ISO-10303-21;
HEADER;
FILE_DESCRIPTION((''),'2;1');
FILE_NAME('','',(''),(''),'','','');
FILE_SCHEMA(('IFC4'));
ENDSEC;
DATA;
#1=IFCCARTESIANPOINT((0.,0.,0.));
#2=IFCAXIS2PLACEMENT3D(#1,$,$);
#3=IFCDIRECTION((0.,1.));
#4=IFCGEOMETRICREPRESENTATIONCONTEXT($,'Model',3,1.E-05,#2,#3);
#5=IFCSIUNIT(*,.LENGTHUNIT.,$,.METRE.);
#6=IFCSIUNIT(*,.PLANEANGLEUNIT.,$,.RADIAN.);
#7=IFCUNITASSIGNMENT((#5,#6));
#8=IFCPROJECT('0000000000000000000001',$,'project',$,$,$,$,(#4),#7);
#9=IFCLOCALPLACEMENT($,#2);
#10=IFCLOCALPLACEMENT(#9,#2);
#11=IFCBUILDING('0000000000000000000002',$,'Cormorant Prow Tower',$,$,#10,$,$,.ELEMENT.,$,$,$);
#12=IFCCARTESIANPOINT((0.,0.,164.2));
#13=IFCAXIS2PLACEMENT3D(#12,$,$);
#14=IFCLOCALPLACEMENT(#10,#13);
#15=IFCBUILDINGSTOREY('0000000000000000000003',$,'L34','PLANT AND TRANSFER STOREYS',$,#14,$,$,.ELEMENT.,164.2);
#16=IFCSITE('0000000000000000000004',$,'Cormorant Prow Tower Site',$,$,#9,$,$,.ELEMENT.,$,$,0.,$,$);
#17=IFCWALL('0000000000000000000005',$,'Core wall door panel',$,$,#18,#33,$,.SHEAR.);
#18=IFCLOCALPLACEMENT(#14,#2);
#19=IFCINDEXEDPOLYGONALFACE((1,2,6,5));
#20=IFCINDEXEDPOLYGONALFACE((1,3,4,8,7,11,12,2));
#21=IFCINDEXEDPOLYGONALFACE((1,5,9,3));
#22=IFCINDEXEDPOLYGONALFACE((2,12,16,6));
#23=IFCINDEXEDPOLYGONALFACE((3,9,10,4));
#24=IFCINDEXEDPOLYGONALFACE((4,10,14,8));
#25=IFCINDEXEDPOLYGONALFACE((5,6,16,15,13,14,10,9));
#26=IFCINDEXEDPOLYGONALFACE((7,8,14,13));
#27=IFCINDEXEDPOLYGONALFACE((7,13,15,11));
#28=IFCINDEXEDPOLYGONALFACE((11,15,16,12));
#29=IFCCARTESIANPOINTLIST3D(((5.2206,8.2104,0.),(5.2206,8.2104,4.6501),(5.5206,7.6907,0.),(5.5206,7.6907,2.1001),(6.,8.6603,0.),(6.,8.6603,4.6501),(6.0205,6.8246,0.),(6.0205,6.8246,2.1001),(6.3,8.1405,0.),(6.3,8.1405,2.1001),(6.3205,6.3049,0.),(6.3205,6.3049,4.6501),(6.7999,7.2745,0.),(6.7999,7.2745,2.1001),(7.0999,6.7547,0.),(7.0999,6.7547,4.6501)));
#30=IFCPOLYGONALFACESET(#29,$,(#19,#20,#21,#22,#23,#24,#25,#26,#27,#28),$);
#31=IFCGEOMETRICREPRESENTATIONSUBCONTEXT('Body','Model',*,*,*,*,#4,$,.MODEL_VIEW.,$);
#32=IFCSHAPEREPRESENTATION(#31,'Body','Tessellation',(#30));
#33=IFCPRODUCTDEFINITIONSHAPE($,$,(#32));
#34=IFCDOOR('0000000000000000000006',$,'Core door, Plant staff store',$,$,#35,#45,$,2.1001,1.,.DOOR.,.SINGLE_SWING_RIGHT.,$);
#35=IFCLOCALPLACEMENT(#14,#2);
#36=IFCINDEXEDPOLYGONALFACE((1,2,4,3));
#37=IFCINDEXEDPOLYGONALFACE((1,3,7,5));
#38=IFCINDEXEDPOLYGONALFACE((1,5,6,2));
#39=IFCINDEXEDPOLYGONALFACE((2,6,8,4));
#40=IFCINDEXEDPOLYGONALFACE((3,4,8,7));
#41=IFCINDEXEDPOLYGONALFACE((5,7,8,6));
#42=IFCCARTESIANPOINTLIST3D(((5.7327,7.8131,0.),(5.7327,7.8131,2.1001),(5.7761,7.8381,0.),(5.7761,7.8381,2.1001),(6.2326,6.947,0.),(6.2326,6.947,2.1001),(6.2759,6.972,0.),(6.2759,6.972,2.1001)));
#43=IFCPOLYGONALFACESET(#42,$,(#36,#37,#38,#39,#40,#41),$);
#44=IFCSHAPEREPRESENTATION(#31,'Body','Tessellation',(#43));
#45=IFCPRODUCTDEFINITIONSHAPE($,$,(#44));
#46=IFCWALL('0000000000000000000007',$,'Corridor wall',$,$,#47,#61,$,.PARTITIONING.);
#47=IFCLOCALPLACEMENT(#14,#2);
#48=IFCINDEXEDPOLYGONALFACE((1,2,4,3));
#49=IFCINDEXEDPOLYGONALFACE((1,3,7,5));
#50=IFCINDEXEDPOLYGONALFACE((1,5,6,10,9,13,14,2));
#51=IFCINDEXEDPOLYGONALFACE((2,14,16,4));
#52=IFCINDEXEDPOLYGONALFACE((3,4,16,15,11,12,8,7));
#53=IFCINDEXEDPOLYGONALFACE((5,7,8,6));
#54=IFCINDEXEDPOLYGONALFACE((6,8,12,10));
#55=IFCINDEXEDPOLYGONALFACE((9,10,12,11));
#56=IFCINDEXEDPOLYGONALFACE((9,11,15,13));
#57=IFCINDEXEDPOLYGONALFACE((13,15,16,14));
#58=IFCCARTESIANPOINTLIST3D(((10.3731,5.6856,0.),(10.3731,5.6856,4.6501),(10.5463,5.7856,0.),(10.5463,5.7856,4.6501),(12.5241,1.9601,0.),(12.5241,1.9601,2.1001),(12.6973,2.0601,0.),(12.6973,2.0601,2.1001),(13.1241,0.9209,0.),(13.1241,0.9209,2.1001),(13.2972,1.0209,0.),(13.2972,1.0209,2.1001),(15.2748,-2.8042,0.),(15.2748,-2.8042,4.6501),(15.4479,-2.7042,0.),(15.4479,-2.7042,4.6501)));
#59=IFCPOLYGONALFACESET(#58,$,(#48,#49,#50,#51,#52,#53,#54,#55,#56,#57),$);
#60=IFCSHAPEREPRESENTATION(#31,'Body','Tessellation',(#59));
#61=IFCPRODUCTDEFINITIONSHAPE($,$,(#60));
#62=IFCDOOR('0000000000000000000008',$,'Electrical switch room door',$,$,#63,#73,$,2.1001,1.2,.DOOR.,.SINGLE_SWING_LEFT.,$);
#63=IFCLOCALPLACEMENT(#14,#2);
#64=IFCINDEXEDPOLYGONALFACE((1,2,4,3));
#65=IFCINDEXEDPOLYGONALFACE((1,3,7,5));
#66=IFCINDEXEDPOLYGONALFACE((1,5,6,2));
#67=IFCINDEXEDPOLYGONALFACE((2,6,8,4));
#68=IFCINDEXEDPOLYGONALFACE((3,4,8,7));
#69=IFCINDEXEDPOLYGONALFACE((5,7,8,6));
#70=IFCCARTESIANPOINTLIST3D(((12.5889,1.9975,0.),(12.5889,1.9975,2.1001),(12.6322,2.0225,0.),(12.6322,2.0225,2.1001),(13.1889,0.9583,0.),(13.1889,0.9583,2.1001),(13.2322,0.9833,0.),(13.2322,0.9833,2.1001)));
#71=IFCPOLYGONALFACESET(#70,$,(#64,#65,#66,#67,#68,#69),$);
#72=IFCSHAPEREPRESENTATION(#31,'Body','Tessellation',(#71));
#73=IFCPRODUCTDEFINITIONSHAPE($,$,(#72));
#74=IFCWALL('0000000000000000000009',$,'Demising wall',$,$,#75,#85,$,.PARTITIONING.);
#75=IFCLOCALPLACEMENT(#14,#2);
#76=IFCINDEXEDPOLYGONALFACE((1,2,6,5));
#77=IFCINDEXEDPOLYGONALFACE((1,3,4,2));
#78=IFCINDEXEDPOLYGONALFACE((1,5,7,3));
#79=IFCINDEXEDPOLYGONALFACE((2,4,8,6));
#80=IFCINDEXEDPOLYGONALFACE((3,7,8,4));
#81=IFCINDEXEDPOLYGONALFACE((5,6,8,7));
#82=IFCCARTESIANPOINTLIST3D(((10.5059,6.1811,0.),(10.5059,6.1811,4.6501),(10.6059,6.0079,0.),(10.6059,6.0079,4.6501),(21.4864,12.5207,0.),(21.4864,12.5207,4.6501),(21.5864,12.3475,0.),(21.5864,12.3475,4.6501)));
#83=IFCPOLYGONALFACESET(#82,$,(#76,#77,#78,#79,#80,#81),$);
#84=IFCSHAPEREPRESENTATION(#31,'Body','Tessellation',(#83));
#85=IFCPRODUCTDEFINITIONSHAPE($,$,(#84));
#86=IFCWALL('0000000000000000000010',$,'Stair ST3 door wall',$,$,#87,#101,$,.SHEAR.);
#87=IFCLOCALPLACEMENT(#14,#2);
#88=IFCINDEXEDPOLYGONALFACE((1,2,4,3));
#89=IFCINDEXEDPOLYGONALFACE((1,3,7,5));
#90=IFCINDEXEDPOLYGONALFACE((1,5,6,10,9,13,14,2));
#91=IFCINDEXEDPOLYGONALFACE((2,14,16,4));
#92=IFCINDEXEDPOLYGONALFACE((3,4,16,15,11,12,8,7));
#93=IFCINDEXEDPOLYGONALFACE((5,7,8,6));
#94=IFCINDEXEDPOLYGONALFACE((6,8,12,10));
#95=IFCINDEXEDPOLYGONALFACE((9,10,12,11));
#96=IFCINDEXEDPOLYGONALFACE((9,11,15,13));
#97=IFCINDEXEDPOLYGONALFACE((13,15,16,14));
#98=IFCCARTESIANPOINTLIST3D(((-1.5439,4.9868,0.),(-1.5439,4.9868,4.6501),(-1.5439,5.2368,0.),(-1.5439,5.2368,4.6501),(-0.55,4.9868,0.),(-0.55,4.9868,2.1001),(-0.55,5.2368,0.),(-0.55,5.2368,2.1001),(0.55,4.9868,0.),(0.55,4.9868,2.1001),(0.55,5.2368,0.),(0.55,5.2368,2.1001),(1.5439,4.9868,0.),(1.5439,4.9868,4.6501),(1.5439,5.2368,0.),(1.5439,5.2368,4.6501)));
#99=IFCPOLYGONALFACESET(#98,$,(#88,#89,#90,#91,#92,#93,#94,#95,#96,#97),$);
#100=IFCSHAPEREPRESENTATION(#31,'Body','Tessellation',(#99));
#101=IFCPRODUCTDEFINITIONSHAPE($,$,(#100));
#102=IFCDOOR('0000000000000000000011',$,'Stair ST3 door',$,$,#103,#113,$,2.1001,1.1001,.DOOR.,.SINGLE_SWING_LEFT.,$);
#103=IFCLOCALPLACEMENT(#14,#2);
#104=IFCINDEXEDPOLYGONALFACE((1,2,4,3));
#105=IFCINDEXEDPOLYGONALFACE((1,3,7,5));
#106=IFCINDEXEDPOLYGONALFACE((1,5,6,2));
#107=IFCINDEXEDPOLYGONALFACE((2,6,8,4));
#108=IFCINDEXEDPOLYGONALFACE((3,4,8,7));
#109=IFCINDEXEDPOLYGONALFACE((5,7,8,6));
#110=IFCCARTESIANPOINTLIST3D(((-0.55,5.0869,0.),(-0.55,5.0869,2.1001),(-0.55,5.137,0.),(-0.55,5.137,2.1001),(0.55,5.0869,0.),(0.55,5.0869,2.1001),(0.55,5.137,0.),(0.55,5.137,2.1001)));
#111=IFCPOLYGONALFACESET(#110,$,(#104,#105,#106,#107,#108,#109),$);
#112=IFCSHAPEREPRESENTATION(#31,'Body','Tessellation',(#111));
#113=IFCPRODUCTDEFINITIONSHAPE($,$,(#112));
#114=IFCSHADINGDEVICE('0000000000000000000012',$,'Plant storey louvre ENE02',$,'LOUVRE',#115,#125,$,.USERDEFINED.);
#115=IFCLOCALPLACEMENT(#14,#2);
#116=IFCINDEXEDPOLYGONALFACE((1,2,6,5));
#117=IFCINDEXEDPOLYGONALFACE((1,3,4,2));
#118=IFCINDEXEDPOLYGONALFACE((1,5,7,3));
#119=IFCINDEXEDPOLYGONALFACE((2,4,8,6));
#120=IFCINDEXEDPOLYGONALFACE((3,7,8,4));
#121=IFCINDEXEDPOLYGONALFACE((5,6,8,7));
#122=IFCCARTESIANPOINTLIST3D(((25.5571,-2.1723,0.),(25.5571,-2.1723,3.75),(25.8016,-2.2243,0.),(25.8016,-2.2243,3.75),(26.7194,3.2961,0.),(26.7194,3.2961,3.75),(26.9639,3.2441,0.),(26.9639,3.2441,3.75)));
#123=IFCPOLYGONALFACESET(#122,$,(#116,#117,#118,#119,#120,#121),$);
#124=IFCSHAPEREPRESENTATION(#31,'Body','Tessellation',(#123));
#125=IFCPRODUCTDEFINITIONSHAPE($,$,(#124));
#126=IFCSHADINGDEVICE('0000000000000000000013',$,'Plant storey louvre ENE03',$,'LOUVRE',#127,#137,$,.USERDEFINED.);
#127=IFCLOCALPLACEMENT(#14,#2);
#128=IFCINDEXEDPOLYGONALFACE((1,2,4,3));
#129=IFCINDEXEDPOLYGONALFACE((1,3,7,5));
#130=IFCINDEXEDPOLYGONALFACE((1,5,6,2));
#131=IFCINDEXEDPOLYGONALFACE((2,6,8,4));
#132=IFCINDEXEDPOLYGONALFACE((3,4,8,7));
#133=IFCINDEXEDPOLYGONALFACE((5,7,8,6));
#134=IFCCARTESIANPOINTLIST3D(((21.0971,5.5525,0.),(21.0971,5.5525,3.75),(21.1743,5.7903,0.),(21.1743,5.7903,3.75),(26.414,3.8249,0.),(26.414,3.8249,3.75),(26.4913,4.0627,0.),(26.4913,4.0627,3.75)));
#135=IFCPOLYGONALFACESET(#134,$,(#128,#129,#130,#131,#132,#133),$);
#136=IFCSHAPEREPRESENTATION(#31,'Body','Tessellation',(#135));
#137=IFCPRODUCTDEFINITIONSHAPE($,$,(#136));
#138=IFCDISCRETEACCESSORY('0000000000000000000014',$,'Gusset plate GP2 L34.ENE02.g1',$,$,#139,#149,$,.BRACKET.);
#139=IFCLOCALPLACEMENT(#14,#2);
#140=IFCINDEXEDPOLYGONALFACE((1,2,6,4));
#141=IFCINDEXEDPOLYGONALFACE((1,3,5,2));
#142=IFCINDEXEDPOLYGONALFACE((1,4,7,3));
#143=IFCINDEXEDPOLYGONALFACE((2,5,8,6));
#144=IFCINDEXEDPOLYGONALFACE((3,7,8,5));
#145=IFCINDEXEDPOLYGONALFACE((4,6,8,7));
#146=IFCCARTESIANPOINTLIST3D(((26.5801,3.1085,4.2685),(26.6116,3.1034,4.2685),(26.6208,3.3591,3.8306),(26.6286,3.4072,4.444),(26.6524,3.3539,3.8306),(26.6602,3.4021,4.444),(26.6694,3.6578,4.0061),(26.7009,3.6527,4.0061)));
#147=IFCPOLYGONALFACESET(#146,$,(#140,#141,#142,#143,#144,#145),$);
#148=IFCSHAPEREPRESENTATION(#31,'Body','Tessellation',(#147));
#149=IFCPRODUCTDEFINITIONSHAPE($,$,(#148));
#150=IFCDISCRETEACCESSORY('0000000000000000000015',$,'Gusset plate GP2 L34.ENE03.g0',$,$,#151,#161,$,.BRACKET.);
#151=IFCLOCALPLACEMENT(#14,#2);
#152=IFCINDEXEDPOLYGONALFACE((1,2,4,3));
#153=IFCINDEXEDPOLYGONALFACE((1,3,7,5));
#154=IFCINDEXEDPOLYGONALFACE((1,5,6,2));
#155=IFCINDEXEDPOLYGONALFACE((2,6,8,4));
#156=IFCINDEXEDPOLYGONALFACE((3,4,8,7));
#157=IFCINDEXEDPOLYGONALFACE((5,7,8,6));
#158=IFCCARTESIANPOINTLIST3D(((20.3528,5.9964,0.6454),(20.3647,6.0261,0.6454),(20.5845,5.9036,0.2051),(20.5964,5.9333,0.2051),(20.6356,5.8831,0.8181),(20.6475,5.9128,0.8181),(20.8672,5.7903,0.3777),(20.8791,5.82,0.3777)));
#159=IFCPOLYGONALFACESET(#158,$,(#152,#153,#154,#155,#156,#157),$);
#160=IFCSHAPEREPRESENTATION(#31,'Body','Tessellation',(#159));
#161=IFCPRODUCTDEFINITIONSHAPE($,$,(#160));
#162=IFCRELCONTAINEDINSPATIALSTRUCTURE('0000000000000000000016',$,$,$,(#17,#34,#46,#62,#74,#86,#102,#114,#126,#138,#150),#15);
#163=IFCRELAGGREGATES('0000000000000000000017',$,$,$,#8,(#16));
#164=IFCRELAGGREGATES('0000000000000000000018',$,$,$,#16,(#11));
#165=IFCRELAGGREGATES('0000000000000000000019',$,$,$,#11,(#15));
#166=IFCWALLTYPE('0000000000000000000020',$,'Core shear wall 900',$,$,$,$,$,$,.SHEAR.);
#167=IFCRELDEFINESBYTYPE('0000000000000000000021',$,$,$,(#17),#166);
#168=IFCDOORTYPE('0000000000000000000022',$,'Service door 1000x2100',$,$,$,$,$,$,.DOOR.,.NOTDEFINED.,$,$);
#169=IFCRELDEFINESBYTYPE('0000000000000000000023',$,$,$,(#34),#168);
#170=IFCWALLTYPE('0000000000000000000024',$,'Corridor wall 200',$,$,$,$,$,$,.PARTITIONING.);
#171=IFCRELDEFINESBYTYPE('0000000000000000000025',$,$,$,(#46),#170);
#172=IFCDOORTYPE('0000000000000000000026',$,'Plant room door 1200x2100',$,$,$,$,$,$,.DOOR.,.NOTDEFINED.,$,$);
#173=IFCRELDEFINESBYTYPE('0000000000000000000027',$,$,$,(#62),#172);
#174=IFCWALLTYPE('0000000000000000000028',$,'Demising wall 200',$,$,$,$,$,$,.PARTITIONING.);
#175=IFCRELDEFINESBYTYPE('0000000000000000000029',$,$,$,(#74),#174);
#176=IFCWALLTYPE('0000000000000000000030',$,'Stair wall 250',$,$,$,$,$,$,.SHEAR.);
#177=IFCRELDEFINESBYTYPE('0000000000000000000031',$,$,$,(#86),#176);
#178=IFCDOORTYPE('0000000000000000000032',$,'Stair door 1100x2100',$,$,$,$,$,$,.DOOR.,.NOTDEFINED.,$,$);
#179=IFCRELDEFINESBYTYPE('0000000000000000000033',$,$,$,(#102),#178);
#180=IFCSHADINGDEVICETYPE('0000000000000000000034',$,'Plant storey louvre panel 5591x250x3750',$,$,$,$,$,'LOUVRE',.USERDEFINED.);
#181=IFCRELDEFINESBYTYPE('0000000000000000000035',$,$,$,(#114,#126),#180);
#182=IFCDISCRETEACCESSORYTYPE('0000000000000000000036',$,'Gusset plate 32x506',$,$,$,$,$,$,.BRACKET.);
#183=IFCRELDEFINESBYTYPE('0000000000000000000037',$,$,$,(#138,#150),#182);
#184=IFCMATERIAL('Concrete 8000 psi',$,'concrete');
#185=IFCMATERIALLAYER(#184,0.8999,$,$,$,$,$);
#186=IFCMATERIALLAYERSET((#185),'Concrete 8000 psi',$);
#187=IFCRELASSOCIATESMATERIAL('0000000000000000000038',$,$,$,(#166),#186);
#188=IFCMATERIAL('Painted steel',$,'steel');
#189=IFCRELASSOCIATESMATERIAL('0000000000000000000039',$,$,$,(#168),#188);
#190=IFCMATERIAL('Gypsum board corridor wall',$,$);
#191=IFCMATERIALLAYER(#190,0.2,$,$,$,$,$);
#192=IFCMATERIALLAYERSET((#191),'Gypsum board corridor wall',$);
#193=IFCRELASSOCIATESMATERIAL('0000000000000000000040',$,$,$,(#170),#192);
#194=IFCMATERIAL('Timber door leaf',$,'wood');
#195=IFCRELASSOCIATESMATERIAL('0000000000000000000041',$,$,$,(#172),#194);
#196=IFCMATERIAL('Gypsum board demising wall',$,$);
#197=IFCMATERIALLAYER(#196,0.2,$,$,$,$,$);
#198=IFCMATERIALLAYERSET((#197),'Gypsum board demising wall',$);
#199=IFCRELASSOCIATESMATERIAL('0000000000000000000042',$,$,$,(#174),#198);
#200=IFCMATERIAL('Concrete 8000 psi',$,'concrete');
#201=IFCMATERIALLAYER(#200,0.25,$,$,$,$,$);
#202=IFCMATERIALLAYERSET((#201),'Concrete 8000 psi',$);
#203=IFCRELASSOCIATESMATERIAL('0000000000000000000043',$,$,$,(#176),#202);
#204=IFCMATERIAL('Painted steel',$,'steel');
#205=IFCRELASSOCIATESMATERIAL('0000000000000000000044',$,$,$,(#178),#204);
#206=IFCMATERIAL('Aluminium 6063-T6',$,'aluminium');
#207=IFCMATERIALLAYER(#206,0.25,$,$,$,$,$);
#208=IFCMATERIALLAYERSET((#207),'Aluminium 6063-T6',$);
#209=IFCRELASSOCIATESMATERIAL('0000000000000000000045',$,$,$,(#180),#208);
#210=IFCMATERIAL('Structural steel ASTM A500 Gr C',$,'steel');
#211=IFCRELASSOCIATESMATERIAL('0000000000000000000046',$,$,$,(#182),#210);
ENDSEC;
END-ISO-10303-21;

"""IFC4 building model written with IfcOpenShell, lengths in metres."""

from ifc_helpers import new_model, si_unit, direction, frame, frame_2d, origin, origin_2d, place, context, subcontext, project, spatial, rectangle, extrude, material, layer, layer_set, material_profile, profile_set, type_object, element, fill, save


model = new_model("IFC4")

# Units and contexts
model_context = context("Model", 3, precision=1e-05, world=origin(), true_north=direction((0.0, 1.0)))
body_context = subcontext(model_context, "Body", "Model", "MODEL_VIEW")
ifc_project = project(units=[si_unit("LENGTHUNIT", "METRE"), si_unit("PLANEANGLEUNIT", "RADIAN")], contexts=[model_context])

# Site, building, storey
site_placement = place(None, origin())
site = spatial("IfcSite", under=ifc_project, at=site_placement, Name="Cormorant Prow Tower Site", CompositionType="ELEMENT", RefElevation=0.0)
building_placement = place(site_placement, origin())
building = spatial("IfcBuilding", under=site, at=building_placement, Name="Cormorant Prow Tower", CompositionType="ELEMENT")
storey_placement = place(building_placement, frame((0.0, 0.0, 164.2)))
storey = spatial("IfcBuildingStorey", under=building, at=storey_placement, Name="L34", Description="PLANT AND TRANSFER STOREYS", CompositionType="ELEMENT", Elevation=164.2)

# Shared definitions
ifc_material_1 = material(Name="Concrete 8000 psi", Category="concrete")
ifc_layer_1 = layer(ifc_material_1, 0.8999)
ifc_layer_set_1 = layer_set([ifc_layer_1], Name="Concrete 8000 psi")
wall_type_1 = type_object("IfcWallType", Name="Core shear wall 900", PredefinedType="SHEAR", material=ifc_layer_set_1)

# Walls, openings, doors
ifc_material_2 = material(Name="Painted steel", Category="steel")
door_type_1 = type_object("IfcDoorType", Name="Service door 1000x2100", OperationType="NOTDEFINED", PredefinedType="DOOR", material=ifc_material_2)
wall_1_placement = place(storey_placement, frame((6.7102, 6.5298, 0.0), z_axis=(0.0, 0.0, 1.0), x_axis=(-0.499899, 0.866084, 0.0)))
wall_1 = element("IfcWall", 1, at=wall_1_placement, inside=storey, type_object=wall_type_1, Name="Core wall door panel", PredefinedType="SHEAR", context=body_context, shape_type="SweptSolid", body=[
    extrude(rectangle(XDim=2.2002, YDim=0.8999, at=frame_2d((1.1001, 0.0))), origin(), (0.0, 0.0, 1.0), 4.6501),
])
opening_1_placement = place(wall_1_placement, frame((0.6001, 0.0, 0.0)))
opening_1 = element("IfcOpeningElement", 2, at=opening_1_placement, cuts=wall_1, PredefinedType="OPENING", context=body_context, shape_type="SweptSolid", body=[
    extrude(rectangle(XDim=1.0, YDim=2.1001, at=frame_2d((0.5, 1.05))), frame((0.0, 0.46, 0.0), z_axis=(0.0, -1.0, 0.0), x_axis=(1.0, 0.0, 0.0)), (0.0, 0.0, 1.0), 0.9199),
])
door_1_placement = place(opening_1_placement, origin())
door_1 = element("IfcDoor", 3, at=door_1_placement, inside=storey, type_object=door_type_1, Name="Core door, Plant staff store", OperationType="SINGLE_SWING_RIGHT", OverallHeight=2.1001, OverallWidth=1.0, PredefinedType="DOOR", context=body_context, shape_type="SweptSolid", body=[
    extrude(rectangle(XDim=1.0, YDim=2.1001, at=frame_2d((0.5, 1.05))), frame((0.0, 0.2051, 0.0), z_axis=(0.0, -1.0, 0.0), x_axis=(1.0, 0.0, 0.0)), (0.0, 0.0, 1.0), 0.05),
])
fill(opening_1, door_1)
ifc_material_3 = material(Name="Gypsum board corridor wall")
ifc_layer_2 = layer(ifc_material_3, 0.2)
ifc_layer_set_2 = layer_set([ifc_layer_2], Name="Gypsum board corridor wall")
wall_type_2 = type_object("IfcWallType", Name="Corridor wall 200", PredefinedType="PARTITIONING", material=ifc_layer_set_2)
wall_2_placement = place(storey_placement, frame((10.4597, 5.7356, 0.0), z_axis=(0.0, 0.0, 1.0), x_axis=(0.500004, -0.866023, 0.0)))
wall_2 = element("IfcWall", 4, at=wall_2_placement, inside=storey, type_object=wall_type_2, Name="Corridor wall", PredefinedType="PARTITIONING", context=body_context, shape_type="SweptSolid", body=[
    extrude(rectangle(XDim=9.8032, YDim=0.2, at=frame_2d((4.9016, 0.0))), origin(), (0.0, 0.0, 1.0), 4.6501),
])
opening_2_placement = place(wall_2_placement, frame((4.3018, 0.0, 0.0)))
opening_2 = element("IfcOpeningElement", 5, at=opening_2_placement, cuts=wall_2, PredefinedType="OPENING", context=body_context, shape_type="SweptSolid", body=[
    extrude(rectangle(XDim=1.2, YDim=2.1001, at=frame_2d((0.6001, 1.05))), frame((0.0, 0.1099, 0.0), z_axis=(0.0, -1.0, 0.0), x_axis=(1.0, 0.0, 0.0)), (0.0, 0.0, 1.0), 0.22),
])
ifc_material_4 = material(Name="Timber door leaf", Category="wood")
door_type_2 = type_object("IfcDoorType", Name="Plant room door 1200x2100", OperationType="NOTDEFINED", PredefinedType="DOOR", material=ifc_material_4)
door_2_placement = place(opening_2_placement, origin())
door_2 = element("IfcDoor", 6, at=door_2_placement, inside=storey, type_object=door_type_2, Name="Electrical switch room door", OperationType="SINGLE_SWING_LEFT", OverallHeight=2.1001, OverallWidth=1.2, PredefinedType="DOOR", context=body_context, shape_type="SweptSolid", body=[
    extrude(rectangle(XDim=1.2, YDim=2.1001, at=frame_2d((0.6001, 1.05))), frame((0.0, 0.0249, 0.0), z_axis=(0.0, -1.0, 0.0), x_axis=(1.0, 0.0, 0.0)), (0.0, 0.0, 1.0), 0.05),
])
fill(opening_2, door_2)

# Wall
ifc_material_5 = material(Name="Gypsum board demising wall")
ifc_layer_3 = layer(ifc_material_5, 0.2)
ifc_layer_set_3 = layer_set([ifc_layer_3], Name="Gypsum board demising wall")
wall_type_3 = type_object("IfcWallType", Name="Demising wall 200", PredefinedType="PARTITIONING", material=ifc_layer_set_3)
wall_3_placement = place(storey_placement, frame((10.5559, 6.0945, 0.0), z_axis=(0.0, 0.0, 1.0), x_axis=(0.866025, 0.500001, 0.0)))
element("IfcWall", 7, at=wall_3_placement, inside=storey, type_object=wall_type_3, Name="Demising wall", PredefinedType="PARTITIONING", context=body_context, shape_type="SweptSolid", body=[
    extrude(rectangle(XDim=12.6792, YDim=0.2, at=frame_2d((6.3396, 0.0))), origin(), (0.0, 0.0, 1.0), 4.6501),
])

# Wall, opening, door
ifc_material_6 = material(Name="Concrete 8000 psi", Category="concrete")
ifc_layer_4 = layer(ifc_material_6, 0.25)
ifc_layer_set_4 = layer_set([ifc_layer_4], Name="Concrete 8000 psi")
wall_type_4 = type_object("IfcWallType", Name="Stair wall 250", PredefinedType="SHEAR", material=ifc_layer_set_4)
wall_4_placement = place(storey_placement, frame((1.5439, 5.1118, 0.0), z_axis=(0.0, 0.0, 1.0), x_axis=(-1.0, 0.0, 0.0)))
wall_4 = element("IfcWall", 8, at=wall_4_placement, inside=storey, type_object=wall_type_4, Name="Stair ST3 door wall", PredefinedType="SHEAR", context=body_context, shape_type="SweptSolid", body=[
    extrude(rectangle(XDim=3.0879, YDim=0.25, at=frame_2d((1.5439, 0.0))), origin(), (0.0, 0.0, 1.0), 4.6501),
])
opening_3_placement = place(wall_4_placement, frame((0.9939, 0.0, 0.0)))
opening_3 = element("IfcOpeningElement", 9, at=opening_3_placement, cuts=wall_4, PredefinedType="OPENING", context=body_context, shape_type="SweptSolid", body=[
    extrude(rectangle(XDim=1.1001, YDim=2.1001, at=frame_2d((0.55, 1.05))), frame((0.0, 0.135, 0.0), z_axis=(0.0, -1.0, 0.0), x_axis=(1.0, 0.0, 0.0)), (0.0, 0.0, 1.0), 0.27),
])
ifc_material_7 = material(Name="Painted steel", Category="steel")
door_type_3 = type_object("IfcDoorType", Name="Stair door 1100x2100", OperationType="NOTDEFINED", PredefinedType="DOOR", material=ifc_material_7)
door_3_placement = place(opening_3_placement, origin())
door_3 = element("IfcDoor", 10, at=door_3_placement, inside=storey, type_object=door_type_3, Name="Stair ST3 door", OperationType="SINGLE_SWING_LEFT", OverallHeight=2.1001, OverallWidth=1.1001, PredefinedType="DOOR", context=body_context, shape_type="SweptSolid", body=[
    extrude(rectangle(XDim=1.1001, YDim=2.1001, at=frame_2d((0.55, 1.05))), frame((0.0, 0.0249, 0.0), z_axis=(0.0, -1.0, 0.0), x_axis=(1.0, 0.0, 0.0)), (0.0, 0.0, 1.0), 0.05),
])
fill(opening_3, door_3)

# Shading devices
ifc_material_8 = material(Name="Aluminium 6063-T6", Category="aluminium")
ifc_layer_5 = layer(ifc_material_8, 0.25)
ifc_layer_set_5 = layer_set([ifc_layer_5], Name="Aluminium 6063-T6")
shading_device_type = type_object("IfcShadingDeviceType", Name="Plant storey louvre panel 5591x250x3750", ElementType="LOUVRE", PredefinedType="USERDEFINED", material=ifc_layer_set_5)
for number, where, z_axis, x_axis, name in (
    (11, (26.2605, 0.5359, 0.0), (0.0, 0.0, 1.0), (0.207912, 0.978148, 0.0), "Plant storey louvre ENE02"),
    (12, (23.7942, 4.8076, 0.0), (0.0, 0.0, 1.0), (-0.951056, 0.309017, 0.0), "Plant storey louvre ENE03"),
):
    element("IfcShadingDevice", number, at=place(storey_placement, frame(where, z_axis=z_axis, x_axis=x_axis)), inside=storey, type_object=shading_device_type, Name=name, ObjectType="LOUVRE", PredefinedType="USERDEFINED", context=body_context, shape_type="SweptSolid", body=[
        extrude(rectangle(XDim=5.5906, YDim=0.25, at=origin_2d()), origin(), (0.0, 0.0, 1.0), 3.75),
    ])

# Discrete accessories
ifc_material_9 = material(Name="Structural steel ASTM A500 Gr C", Category="steel")
ifc_material_profile_1 = material_profile(ifc_material_9, rectangle(XDim=0.032, YDim=0.5061, at=origin_2d()), Name="Gusset plate 32x506")
ifc_profile_set_1 = profile_set([ifc_material_profile_1], Name="Structural steel ASTM A500 Gr C")
discrete_accessory_type_1 = type_object("IfcDiscreteAccessoryType", Name="Gusset plate 32x506", PredefinedType="BRACKET", material=ifc_profile_set_1)
discrete_accessory_1_placement = place(storey_placement, frame((26.6162, 3.2312, 4.0496), z_axis=(0.138827, 0.853892, 0.501592), x_axis=(-0.98704, 0.160475, 0.0)))
element("IfcDiscreteAccessory", 13, at=discrete_accessory_1_placement, inside=storey, type_object=discrete_accessory_type_1, Name="Gusset plate GP2 L34.ENE02.g1", PredefinedType="BRACKET", context=body_context, shape_type="SweptSolid", body=[
    extrude(rectangle(XDim=0.032, YDim=0.5061, at=origin_2d()), origin(), (0.0, 0.0, 1.0), 0.3499),
])
discrete_accessory_2_placement = place(storey_placement, frame((20.7573, 5.8516, 0.5979), z_axis=(-0.80758, 0.32359, -0.493056), x_axis=(-0.371943, -0.928255, 0.0)))
element("IfcDiscreteAccessory", 14, at=discrete_accessory_2_placement, inside=storey, type_object=discrete_accessory_type_1, Name="Gusset plate GP2 L34.ENE03.g0", PredefinedType="BRACKET", context=body_context, shape_type="SweptSolid", body=[
    extrude(rectangle(XDim=0.032, YDim=0.5061, at=origin_2d()), origin(), (0.0, 0.0, 1.0), 0.3501),
])

save(model, "model.ifc")
